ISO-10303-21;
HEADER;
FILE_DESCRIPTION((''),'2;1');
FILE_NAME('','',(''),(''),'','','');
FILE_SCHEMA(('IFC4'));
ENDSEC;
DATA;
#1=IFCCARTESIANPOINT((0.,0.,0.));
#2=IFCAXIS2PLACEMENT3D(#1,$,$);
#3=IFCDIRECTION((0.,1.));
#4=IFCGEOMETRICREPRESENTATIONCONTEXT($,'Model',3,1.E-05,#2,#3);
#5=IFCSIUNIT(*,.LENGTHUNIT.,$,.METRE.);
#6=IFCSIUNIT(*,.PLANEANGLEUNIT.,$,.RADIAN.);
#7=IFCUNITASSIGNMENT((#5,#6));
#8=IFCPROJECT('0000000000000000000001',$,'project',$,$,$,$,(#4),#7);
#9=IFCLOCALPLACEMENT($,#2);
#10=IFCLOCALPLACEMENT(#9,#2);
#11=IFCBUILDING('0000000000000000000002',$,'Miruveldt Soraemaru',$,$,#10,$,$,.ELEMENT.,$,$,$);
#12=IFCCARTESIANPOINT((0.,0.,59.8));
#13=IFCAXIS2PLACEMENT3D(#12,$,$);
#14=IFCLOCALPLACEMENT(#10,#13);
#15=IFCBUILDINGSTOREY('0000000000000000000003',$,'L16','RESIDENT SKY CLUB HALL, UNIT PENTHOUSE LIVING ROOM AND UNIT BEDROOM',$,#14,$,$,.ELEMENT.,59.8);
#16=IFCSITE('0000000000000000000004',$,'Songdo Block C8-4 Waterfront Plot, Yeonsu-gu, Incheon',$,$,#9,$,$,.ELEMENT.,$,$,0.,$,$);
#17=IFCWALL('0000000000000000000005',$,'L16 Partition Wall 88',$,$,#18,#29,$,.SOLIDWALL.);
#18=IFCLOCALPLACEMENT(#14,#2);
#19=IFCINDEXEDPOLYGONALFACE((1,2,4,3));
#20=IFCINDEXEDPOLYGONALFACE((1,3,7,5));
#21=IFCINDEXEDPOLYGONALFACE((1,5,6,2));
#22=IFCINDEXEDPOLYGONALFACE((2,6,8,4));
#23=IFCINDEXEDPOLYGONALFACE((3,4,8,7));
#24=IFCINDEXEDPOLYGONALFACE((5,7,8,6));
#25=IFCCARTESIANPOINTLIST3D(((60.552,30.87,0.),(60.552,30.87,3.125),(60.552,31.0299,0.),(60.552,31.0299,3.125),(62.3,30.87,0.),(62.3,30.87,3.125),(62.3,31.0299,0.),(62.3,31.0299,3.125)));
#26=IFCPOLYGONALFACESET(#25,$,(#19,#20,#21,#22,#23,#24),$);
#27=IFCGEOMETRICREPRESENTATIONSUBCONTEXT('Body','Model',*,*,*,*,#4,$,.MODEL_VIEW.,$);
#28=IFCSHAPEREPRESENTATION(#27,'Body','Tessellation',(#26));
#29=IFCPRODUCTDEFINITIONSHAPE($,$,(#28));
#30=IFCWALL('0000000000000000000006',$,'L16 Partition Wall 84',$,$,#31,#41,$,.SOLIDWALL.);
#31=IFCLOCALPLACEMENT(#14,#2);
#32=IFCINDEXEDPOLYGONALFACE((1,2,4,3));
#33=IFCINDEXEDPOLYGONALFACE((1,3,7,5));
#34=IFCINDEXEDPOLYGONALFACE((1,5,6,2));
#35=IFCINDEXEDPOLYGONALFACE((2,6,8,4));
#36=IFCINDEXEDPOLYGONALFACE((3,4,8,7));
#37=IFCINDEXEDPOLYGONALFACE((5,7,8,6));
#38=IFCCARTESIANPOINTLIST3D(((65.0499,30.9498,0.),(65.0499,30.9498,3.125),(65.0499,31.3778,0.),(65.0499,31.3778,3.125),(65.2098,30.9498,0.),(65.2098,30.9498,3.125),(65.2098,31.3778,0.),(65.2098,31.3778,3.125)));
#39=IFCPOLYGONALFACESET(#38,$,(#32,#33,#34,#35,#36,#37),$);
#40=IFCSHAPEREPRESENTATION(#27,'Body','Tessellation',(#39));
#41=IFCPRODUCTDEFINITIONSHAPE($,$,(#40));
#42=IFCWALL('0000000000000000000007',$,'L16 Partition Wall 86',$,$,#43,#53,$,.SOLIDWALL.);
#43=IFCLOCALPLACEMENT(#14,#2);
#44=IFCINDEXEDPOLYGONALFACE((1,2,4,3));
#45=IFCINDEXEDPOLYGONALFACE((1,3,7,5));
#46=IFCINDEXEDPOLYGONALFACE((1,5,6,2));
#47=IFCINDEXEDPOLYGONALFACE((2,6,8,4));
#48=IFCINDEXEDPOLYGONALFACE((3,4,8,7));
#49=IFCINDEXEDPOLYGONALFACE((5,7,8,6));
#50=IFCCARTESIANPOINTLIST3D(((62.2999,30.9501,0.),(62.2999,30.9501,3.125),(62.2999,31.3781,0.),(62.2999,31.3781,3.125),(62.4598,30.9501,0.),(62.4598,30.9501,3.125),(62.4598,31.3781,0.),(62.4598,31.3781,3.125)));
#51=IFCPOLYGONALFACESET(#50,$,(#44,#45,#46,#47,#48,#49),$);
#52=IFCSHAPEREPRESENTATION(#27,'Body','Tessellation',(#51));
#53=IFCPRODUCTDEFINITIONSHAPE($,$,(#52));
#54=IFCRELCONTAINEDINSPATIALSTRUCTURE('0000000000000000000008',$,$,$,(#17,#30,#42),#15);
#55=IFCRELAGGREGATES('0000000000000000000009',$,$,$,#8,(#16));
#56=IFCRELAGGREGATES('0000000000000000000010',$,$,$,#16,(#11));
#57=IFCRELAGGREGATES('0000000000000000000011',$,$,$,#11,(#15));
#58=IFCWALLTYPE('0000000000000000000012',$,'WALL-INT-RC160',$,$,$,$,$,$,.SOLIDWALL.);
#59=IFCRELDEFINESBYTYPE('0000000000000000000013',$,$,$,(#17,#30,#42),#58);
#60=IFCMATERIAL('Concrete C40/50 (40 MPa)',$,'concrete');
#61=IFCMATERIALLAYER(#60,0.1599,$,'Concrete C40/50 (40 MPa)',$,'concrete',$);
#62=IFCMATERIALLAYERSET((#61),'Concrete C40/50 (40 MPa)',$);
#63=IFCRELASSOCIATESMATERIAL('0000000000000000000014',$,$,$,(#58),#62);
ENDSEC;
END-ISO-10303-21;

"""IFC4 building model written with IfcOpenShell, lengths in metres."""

from ifc_helpers import new_model, si_unit, direction, frame, frame_2d, origin, place, context, subcontext, project, spatial, rectangle, extrude, material, layer, layer_set, type_object, element, save


model = new_model("IFC4")

# Units and contexts
model_context = context("Model", 3, precision=1e-05, world=origin(), true_north=direction((0.0, 1.0)))
body_context = subcontext(model_context, "Body", "Model", "MODEL_VIEW")
ifc_project = project(units=[si_unit("LENGTHUNIT", "METRE"), si_unit("PLANEANGLEUNIT", "RADIAN")], contexts=[model_context])

# Site, building, storey
site_placement = place(None, origin())
site = spatial("IfcSite", under=ifc_project, at=site_placement, Name="Songdo Block C8-4 Waterfront Plot, Yeonsu-gu, Incheon", CompositionType="ELEMENT", RefElevation=0.0)
building_placement = place(site_placement, origin())
building = spatial("IfcBuilding", under=site, at=building_placement, Name="Miruveldt Soraemaru", CompositionType="ELEMENT")
storey_placement = place(building_placement, frame((0.0, 0.0, 59.8)))
storey = spatial("IfcBuildingStorey", under=building, at=storey_placement, Name="L16", Description="RESIDENT SKY CLUB HALL, UNIT PENTHOUSE LIVING ROOM AND UNIT BEDROOM", CompositionType="ELEMENT", Elevation=59.8)

# Shared definitions
ifc_material_1 = material(Name="Concrete C40/50 (40 MPa)", Category="concrete")
ifc_layer_1 = layer(ifc_material_1, 0.1599, Name="Concrete C40/50 (40 MPa)", Category="concrete")
ifc_layer_set_1 = layer_set([ifc_layer_1], Name="Concrete C40/50 (40 MPa)")
wall_type_1 = type_object("IfcWallType", Name="WALL-INT-RC160", PredefinedType="SOLIDWALL", material=ifc_layer_set_1)

# Walls
wall_1_placement = place(storey_placement, frame((60.552, 30.95, 0.0), z_axis=(0.0, 0.0, 1.0), x_axis=(1.0, 0.0, 0.0)))
element("IfcWall", 1, at=wall_1_placement, inside=storey, type_object=wall_type_1, Name="L16 Partition Wall 88", PredefinedType="SOLIDWALL", context=body_context, shape_type="SweptSolid", body=[
    extrude(rectangle(XDim=1.748, YDim=0.1599, at=frame_2d((0.874, 0.0))), origin(), (0.0, 0.0, 1.0), 3.125),
])
for number, where, z_axis, x_axis, name in (
    (2, (65.1299, 30.95, 0.0), (0.0, 0.0, 1.0), (0.0, 1.0, 0.0), "L16 Partition Wall 84"),
    (3, (62.3799, 31.3779, 0.0), (0.0, 0.0, 1.0), (0.0, -1.0, 0.0), "L16 Partition Wall 86"),
):
    element("IfcWall", number, at=place(storey_placement, frame(where, z_axis=z_axis, x_axis=x_axis)), inside=storey, type_object=wall_type_1, Name=name, PredefinedType="SOLIDWALL", context=body_context, shape_type="SweptSolid", body=[
        extrude(rectangle(XDim=0.428, YDim=0.1599, at=frame_2d((0.2139, 0.0))), origin(), (0.0, 0.0, 1.0), 3.125),
    ])

save(model, "model.ifc")
